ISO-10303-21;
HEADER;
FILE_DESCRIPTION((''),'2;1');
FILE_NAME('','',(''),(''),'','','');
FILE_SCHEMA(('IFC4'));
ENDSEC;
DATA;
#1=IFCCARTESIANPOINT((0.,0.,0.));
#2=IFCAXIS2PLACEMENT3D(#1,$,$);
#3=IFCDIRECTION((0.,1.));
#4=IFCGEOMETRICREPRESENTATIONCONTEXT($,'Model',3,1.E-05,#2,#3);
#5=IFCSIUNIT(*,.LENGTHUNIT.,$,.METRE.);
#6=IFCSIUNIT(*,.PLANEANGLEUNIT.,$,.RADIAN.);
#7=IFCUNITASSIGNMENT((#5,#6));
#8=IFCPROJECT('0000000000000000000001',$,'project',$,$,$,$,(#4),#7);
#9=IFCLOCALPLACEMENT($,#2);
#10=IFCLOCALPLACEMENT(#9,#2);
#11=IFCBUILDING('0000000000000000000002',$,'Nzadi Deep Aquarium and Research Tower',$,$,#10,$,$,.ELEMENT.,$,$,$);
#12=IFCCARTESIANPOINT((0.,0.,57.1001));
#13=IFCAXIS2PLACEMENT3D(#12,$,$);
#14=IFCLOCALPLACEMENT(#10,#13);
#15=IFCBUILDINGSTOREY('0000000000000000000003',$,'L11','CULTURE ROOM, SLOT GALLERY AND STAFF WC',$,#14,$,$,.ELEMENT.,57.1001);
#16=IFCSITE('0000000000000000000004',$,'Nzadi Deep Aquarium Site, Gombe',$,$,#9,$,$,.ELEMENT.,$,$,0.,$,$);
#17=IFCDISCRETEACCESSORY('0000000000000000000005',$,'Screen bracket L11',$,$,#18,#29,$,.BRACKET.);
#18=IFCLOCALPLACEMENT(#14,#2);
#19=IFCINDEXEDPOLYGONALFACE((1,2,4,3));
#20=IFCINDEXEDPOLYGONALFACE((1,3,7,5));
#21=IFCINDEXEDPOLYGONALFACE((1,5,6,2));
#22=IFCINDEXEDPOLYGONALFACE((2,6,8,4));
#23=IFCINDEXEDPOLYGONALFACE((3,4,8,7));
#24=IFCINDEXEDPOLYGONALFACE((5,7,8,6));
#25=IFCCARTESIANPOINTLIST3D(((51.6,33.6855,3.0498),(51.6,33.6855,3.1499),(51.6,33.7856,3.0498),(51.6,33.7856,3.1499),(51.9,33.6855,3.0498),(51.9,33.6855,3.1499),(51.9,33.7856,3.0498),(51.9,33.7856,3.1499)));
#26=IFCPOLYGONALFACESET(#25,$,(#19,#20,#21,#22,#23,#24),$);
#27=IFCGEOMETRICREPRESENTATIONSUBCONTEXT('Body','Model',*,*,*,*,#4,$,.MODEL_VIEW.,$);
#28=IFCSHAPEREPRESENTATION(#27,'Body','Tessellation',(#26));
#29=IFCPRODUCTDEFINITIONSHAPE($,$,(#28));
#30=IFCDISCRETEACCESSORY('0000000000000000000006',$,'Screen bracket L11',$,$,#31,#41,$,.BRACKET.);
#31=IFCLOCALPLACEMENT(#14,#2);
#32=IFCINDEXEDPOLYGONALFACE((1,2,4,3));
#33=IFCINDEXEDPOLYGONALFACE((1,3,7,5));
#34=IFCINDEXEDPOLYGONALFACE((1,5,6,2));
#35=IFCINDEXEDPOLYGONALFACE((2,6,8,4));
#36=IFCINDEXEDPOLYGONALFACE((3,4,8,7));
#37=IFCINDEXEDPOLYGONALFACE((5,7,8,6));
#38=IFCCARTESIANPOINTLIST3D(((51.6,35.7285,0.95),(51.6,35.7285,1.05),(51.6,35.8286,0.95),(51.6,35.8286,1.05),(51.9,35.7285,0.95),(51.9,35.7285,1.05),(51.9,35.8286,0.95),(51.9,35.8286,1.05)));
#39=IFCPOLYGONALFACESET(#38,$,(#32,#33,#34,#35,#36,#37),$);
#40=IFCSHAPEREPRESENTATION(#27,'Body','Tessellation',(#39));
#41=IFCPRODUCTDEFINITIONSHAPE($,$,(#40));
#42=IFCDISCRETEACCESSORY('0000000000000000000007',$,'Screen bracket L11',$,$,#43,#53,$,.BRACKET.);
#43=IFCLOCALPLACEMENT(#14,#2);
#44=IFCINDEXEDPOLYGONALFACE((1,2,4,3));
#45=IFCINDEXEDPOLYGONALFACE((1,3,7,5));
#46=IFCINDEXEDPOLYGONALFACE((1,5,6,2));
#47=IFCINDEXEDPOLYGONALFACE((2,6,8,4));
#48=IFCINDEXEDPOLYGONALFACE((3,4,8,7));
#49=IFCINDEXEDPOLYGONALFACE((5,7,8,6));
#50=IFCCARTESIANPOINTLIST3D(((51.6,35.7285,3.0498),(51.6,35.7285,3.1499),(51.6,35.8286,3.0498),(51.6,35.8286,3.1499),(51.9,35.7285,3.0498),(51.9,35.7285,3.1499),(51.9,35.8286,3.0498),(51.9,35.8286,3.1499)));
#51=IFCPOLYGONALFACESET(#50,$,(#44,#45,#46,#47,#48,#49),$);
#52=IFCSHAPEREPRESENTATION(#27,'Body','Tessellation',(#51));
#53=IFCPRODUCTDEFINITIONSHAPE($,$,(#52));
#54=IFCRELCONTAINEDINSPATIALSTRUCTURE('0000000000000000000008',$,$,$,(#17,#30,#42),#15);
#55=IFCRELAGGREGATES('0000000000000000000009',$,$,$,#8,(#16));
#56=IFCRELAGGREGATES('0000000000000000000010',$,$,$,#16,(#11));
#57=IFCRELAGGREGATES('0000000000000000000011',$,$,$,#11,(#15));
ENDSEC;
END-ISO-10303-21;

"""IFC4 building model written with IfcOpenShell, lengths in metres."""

from ifc_helpers import new_model, si_unit, direction, frame, origin, origin_2d, place, context, subcontext, project, spatial, rectangle, extrude, element, save


model = new_model("IFC4")

# Units and contexts
model_context = context("Model", 3, precision=1e-05, world=origin(), true_north=direction((0.0, 1.0)))
body_context = subcontext(model_context, "Body", "Model", "MODEL_VIEW")
ifc_project = project(units=[si_unit("LENGTHUNIT", "METRE"), si_unit("PLANEANGLEUNIT", "RADIAN")], contexts=[model_context])

# Site, building, storey
site_placement = place(None, origin())
site = spatial("IfcSite", under=ifc_project, at=site_placement, Name="Nzadi Deep Aquarium Site, Gombe", CompositionType="ELEMENT", RefElevation=0.0)
building_placement = place(site_placement, origin())
building = spatial("IfcBuilding", under=site, at=building_placement, Name="Nzadi Deep Aquarium and Research Tower", CompositionType="ELEMENT")
storey_placement = place(building_placement, frame((0.0, 0.0, 57.1001)))
storey = spatial("IfcBuildingStorey", under=building, at=storey_placement, Name="L11", Description="CULTURE ROOM, SLOT GALLERY AND STAFF WC", CompositionType="ELEMENT", Elevation=57.1001)

# Discrete accessories
for number, where, z_axis, x_axis, name in (
    (1, (51.75, 33.7356, 3.0498), (0.0, 0.0, 1.0), (1.0, 0.0, 0.0), "Screen bracket L11"),
    (2, (51.75, 35.7786, 0.95), (0.0, 0.0, 1.0), (1.0, 0.0, 0.0), "Screen bracket L11"),
    (3, (51.75, 35.7786, 3.0498), (0.0, 0.0, 1.0), (1.0, 0.0, 0.0), "Screen bracket L11"),
):
    element("IfcDiscreteAccessory", number, at=place(storey_placement, frame(where, z_axis=z_axis, x_axis=x_axis)), inside=storey, Name=name, PredefinedType="BRACKET", context=body_context, shape_type="SweptSolid", body=[
        extrude(rectangle(XDim=0.3, YDim=0.1001, at=origin_2d()), origin(), (0.0, 0.0, 1.0), 0.1001),
    ])

save(model, "model.ifc")
